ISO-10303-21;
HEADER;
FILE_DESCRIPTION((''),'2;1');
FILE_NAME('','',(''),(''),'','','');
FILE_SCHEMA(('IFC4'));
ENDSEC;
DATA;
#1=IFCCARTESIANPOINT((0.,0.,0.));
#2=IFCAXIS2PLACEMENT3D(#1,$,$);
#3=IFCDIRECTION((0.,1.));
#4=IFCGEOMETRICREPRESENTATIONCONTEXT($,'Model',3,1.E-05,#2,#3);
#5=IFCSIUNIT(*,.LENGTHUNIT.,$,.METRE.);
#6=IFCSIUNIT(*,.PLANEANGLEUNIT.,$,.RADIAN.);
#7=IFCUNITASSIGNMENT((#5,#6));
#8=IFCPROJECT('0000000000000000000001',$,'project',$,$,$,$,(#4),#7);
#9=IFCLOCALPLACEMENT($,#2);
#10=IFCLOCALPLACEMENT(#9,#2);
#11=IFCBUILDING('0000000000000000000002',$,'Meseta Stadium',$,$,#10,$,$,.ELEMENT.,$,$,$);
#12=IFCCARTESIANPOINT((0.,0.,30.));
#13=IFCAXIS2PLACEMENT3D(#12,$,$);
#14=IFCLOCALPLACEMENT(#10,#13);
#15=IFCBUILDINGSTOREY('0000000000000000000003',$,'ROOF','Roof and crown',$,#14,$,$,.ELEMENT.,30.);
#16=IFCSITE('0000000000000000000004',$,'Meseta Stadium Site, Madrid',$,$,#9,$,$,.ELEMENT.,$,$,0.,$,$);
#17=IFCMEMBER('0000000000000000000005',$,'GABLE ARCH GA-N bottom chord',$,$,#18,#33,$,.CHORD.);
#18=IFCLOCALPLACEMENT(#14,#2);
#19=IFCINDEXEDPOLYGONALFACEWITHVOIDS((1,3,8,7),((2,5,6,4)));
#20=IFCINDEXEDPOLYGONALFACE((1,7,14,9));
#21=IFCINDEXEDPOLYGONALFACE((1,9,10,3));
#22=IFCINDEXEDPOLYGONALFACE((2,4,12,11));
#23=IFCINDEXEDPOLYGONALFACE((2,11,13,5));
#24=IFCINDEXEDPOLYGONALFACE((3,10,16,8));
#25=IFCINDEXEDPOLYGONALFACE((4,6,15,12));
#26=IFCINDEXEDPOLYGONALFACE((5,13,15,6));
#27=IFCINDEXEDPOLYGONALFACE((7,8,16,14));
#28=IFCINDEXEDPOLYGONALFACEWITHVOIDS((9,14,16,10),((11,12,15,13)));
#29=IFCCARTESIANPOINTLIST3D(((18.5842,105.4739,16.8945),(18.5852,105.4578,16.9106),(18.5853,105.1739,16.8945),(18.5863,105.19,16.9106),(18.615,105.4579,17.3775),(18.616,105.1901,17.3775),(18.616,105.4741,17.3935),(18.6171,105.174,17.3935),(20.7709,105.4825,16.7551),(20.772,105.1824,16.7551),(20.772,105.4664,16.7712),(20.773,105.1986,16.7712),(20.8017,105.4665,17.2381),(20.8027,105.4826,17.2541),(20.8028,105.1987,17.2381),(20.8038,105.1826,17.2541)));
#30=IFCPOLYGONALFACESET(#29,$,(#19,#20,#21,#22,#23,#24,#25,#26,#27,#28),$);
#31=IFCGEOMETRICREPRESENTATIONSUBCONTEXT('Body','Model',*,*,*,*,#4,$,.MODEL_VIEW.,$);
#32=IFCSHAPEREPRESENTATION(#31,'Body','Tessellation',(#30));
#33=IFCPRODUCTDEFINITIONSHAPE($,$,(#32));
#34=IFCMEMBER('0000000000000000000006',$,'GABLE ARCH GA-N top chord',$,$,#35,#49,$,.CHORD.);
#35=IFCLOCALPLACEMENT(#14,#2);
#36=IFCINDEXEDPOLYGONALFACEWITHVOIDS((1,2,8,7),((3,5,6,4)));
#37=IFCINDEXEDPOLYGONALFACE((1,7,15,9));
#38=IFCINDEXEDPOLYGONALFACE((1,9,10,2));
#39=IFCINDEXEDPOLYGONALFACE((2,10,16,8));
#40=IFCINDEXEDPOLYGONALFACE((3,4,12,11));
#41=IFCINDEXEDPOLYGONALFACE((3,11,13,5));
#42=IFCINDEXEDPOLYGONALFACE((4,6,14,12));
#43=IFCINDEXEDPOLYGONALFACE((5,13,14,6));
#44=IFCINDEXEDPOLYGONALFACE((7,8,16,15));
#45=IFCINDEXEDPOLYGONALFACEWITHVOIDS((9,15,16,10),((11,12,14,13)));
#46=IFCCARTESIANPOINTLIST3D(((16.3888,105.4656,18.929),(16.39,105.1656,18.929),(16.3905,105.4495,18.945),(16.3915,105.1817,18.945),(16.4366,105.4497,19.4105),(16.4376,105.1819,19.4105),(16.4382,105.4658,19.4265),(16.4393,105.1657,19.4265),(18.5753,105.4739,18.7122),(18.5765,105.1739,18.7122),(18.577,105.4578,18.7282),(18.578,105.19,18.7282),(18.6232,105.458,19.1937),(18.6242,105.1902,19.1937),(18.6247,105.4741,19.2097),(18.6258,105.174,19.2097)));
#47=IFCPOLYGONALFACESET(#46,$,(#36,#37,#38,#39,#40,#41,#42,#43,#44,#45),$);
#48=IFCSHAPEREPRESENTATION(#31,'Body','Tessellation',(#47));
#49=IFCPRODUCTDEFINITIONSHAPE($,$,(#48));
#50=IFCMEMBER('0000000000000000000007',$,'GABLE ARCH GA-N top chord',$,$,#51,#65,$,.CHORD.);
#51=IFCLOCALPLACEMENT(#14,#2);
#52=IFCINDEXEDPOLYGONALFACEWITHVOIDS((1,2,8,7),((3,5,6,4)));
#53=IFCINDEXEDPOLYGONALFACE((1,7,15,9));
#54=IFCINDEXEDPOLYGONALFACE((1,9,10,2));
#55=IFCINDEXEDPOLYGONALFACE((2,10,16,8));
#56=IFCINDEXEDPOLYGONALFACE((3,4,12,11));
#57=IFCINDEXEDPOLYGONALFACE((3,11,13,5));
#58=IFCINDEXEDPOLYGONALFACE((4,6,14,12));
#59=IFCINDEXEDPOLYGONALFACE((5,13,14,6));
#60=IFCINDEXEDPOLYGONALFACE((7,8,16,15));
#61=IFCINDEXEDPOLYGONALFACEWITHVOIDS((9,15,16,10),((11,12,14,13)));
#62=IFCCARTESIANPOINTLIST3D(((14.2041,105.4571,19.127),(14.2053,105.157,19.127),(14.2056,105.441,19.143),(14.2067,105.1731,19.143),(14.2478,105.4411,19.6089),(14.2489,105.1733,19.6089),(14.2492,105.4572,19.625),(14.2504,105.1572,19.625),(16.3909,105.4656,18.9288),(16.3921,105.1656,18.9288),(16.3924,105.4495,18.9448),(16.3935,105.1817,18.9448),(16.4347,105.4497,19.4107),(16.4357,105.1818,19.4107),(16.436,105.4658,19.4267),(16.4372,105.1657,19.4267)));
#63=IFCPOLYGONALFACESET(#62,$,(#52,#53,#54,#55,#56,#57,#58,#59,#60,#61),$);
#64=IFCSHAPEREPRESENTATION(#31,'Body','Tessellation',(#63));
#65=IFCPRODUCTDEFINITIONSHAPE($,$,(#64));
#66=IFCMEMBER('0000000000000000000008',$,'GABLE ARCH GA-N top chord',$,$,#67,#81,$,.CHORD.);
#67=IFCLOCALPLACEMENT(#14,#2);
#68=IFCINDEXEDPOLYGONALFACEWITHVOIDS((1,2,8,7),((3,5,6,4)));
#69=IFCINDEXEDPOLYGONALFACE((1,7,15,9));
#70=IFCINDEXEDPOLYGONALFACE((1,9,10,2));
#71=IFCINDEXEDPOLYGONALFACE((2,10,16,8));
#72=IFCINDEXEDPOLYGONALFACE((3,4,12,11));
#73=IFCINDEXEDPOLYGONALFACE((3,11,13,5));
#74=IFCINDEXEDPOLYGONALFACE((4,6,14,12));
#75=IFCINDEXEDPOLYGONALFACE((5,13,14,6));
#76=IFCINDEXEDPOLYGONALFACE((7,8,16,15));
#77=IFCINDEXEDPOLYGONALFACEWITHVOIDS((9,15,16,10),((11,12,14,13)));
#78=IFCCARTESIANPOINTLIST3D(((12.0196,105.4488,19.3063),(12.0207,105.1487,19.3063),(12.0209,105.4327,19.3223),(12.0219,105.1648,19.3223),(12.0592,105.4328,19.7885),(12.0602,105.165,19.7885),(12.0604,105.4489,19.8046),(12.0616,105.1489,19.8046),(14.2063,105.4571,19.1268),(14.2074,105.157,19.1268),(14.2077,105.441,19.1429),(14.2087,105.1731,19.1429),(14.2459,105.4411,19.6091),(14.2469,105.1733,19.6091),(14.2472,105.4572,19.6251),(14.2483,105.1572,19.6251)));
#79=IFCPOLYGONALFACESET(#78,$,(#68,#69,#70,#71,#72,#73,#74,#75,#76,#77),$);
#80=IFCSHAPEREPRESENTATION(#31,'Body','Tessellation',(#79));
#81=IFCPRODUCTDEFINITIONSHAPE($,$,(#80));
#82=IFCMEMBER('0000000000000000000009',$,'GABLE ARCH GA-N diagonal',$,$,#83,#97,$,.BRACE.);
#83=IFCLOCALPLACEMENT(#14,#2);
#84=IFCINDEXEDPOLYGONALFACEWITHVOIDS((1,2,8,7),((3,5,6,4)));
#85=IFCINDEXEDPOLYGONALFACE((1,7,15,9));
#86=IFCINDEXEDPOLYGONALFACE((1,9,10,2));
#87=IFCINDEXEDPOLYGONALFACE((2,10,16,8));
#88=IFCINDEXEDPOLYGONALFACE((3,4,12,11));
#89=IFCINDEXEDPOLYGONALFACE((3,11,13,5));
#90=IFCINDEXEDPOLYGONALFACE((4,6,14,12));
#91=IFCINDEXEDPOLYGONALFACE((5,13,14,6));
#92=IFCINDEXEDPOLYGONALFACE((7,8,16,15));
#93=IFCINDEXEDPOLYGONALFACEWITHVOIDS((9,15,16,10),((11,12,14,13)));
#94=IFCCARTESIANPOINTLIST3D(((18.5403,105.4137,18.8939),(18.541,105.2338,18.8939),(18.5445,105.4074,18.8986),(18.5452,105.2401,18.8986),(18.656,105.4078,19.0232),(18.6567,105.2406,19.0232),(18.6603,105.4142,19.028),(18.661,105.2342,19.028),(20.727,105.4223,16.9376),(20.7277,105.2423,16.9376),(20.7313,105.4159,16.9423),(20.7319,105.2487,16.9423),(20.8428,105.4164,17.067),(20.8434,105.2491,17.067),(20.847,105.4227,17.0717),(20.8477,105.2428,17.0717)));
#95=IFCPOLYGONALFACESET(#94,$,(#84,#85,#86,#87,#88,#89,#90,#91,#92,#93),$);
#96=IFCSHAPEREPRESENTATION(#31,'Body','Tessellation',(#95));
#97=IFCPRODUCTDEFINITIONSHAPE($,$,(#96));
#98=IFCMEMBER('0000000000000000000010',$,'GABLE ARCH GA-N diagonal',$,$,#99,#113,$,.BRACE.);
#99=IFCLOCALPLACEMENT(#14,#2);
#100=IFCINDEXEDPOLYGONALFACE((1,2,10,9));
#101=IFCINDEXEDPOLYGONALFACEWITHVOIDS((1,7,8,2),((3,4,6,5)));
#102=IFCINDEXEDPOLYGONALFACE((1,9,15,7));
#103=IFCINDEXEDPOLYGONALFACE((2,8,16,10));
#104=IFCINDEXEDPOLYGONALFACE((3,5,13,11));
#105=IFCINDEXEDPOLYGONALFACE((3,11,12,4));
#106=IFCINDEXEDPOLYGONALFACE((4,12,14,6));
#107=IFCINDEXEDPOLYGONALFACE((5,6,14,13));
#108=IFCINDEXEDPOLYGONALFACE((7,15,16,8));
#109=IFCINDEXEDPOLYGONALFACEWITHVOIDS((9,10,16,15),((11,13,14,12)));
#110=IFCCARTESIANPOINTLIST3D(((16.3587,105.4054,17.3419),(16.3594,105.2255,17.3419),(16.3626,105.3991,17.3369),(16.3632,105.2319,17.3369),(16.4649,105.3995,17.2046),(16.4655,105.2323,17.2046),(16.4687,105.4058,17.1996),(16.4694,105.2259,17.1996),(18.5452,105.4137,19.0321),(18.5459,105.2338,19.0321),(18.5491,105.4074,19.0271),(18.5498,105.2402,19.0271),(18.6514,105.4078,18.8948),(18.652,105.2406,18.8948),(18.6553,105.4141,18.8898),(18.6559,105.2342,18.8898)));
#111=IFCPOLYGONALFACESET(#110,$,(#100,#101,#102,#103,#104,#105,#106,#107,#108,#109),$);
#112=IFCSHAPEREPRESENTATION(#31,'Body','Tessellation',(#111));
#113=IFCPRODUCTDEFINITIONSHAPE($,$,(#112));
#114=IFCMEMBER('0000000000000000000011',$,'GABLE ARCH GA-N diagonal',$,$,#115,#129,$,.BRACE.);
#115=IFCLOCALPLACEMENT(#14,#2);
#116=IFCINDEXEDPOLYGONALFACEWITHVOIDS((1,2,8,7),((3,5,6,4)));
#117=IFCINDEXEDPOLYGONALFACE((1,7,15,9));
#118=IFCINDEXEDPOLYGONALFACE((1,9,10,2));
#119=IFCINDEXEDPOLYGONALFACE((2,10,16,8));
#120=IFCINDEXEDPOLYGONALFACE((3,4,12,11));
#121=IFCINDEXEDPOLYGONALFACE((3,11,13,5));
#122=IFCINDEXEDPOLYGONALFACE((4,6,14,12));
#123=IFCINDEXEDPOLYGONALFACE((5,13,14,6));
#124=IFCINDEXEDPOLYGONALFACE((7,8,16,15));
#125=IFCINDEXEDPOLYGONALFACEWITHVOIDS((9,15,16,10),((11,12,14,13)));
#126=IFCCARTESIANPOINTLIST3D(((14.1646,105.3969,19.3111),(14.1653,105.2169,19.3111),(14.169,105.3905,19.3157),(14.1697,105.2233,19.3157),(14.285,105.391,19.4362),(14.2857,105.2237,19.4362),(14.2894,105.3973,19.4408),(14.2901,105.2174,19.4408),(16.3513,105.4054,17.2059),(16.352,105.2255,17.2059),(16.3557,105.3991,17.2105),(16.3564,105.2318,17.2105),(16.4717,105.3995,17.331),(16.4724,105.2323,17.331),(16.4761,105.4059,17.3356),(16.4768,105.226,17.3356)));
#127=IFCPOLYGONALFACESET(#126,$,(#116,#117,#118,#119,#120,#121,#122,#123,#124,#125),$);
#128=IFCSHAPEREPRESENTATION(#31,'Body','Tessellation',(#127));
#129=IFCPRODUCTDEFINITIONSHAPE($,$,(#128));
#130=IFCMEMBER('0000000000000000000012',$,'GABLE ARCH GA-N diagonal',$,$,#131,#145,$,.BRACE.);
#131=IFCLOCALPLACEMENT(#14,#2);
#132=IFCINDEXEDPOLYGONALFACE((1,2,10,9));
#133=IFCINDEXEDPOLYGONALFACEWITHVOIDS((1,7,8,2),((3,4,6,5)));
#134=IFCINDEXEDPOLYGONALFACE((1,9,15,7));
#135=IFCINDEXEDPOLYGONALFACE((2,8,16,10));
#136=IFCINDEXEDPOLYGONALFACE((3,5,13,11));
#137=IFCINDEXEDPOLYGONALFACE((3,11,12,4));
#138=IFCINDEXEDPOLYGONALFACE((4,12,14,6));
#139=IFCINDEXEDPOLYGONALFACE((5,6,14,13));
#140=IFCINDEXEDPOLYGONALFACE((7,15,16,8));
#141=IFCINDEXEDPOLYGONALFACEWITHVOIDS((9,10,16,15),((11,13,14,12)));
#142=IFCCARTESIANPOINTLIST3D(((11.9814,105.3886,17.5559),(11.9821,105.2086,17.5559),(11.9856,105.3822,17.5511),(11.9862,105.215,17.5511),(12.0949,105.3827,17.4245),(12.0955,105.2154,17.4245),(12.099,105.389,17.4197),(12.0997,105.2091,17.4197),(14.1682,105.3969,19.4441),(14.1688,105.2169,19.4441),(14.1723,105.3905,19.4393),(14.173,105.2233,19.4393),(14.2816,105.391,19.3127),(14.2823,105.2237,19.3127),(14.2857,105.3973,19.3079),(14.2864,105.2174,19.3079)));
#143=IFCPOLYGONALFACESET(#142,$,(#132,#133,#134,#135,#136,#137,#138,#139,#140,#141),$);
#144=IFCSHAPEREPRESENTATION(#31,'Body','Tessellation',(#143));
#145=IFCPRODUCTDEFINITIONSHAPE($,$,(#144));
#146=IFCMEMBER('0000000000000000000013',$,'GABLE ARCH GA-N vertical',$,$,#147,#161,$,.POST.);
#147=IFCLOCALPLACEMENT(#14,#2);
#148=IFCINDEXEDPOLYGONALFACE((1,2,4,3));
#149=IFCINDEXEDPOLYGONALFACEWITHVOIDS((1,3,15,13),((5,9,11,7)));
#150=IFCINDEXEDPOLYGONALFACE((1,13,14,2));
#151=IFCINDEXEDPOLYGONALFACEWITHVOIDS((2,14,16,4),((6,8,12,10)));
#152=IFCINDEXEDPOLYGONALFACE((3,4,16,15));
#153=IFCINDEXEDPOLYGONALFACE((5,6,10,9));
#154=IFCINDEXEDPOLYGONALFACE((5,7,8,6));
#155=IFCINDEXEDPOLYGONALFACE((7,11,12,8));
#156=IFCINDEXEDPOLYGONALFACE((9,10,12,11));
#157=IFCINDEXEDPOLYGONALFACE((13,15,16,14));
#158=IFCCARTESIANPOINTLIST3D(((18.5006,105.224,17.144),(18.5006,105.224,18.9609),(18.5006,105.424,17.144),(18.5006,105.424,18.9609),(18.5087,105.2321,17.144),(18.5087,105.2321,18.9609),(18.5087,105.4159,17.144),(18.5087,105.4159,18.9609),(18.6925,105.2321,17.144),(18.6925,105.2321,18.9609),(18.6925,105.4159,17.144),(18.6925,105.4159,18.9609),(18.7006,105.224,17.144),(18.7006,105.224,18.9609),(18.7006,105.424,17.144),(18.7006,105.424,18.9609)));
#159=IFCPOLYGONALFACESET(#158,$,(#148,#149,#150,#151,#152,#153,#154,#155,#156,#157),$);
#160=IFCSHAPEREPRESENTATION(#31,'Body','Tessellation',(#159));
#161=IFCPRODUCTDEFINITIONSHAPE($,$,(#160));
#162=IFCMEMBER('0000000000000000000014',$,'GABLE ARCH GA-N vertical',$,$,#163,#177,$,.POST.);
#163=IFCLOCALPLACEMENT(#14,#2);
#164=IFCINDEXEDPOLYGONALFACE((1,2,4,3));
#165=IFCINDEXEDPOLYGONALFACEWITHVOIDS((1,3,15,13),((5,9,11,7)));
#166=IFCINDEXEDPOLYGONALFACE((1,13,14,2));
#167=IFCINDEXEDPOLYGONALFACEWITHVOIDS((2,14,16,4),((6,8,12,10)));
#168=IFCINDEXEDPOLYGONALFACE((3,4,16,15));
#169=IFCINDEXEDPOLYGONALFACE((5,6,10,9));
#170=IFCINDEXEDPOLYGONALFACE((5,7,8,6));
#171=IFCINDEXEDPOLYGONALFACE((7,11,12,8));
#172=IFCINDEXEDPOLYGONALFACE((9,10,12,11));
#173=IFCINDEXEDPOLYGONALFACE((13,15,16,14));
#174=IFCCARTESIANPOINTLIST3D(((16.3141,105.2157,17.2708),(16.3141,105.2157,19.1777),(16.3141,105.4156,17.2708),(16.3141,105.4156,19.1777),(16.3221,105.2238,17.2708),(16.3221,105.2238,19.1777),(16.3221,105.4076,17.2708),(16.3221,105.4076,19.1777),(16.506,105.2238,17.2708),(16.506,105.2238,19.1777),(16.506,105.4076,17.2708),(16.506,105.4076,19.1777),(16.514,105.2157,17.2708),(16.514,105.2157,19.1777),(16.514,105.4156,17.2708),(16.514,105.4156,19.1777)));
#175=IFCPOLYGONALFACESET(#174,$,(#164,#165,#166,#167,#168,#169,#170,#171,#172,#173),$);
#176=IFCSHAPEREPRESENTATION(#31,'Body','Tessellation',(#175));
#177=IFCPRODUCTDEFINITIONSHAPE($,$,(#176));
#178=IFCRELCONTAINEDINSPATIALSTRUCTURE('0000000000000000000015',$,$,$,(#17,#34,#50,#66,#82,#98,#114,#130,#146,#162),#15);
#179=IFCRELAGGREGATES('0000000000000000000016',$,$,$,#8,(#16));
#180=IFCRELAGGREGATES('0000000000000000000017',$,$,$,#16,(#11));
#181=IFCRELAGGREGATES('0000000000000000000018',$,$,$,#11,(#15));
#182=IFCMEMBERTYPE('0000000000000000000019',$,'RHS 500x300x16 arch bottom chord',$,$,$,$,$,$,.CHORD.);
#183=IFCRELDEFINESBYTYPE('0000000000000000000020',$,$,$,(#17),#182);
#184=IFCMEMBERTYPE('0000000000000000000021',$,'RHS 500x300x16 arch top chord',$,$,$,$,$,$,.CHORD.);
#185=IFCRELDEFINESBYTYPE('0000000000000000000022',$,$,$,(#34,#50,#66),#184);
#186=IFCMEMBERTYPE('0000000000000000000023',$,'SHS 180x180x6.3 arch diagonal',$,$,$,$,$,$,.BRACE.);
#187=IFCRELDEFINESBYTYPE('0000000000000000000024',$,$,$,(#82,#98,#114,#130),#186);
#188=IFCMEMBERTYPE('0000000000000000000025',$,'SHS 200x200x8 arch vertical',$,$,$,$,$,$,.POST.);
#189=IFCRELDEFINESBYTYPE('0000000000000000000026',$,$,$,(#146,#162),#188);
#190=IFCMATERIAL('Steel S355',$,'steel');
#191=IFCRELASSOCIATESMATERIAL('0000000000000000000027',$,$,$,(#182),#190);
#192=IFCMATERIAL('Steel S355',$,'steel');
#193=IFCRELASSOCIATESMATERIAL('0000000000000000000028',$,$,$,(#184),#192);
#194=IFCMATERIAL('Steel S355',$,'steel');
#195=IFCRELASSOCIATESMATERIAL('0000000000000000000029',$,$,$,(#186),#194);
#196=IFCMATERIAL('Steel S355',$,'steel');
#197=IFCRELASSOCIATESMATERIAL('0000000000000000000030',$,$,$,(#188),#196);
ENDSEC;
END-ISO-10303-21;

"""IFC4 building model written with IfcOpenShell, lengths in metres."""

from ifc_helpers import new_model, si_unit, direction, frame, origin, origin_2d, place, context, subcontext, project, spatial, hollow_rectangle, extrude, material, material_profile, profile_set, type_object, element, save


model = new_model("IFC4")

# Units and contexts
model_context = context("Model", 3, precision=1e-05, world=origin(), true_north=direction((0.0, 1.0)))
body_context = subcontext(model_context, "Body", "Model", "MODEL_VIEW")
ifc_project = project(units=[si_unit("LENGTHUNIT", "METRE"), si_unit("PLANEANGLEUNIT", "RADIAN")], contexts=[model_context])

# Site, building, storey
site_placement = place(None, origin())
site = spatial("IfcSite", under=ifc_project, at=site_placement, Name="Meseta Stadium Site, Madrid", CompositionType="ELEMENT", RefElevation=0.0)
building_placement = place(site_placement, origin())
building = spatial("IfcBuilding", under=site, at=building_placement, Name="Meseta Stadium", CompositionType="ELEMENT")
storey_placement = place(building_placement, frame((0.0, 0.0, 30.0)))
storey = spatial("IfcBuildingStorey", under=building, at=storey_placement, Name="ROOF", Description="Roof and crown", CompositionType="ELEMENT", Elevation=30.0)

# Members
ifc_material_1 = material(Name="Steel S355", Category="steel")
ifc_material_profile_1 = material_profile(ifc_material_1, hollow_rectangle(XDim=0.3, YDim=0.5, WallThickness=0.0161, at=origin_2d()), Name="RHS 500x300x16")
ifc_profile_set_1 = profile_set([ifc_material_profile_1], Name="Steel S355")
member_type_1 = type_object("IfcMemberType", Name="RHS 500x300x16 arch bottom chord", PredefinedType="CHORD", material=ifc_profile_set_1)
member_1_placement = place(storey_placement, frame((20.7874, 105.3325, 17.0046), z_axis=(-0.997967, -0.0039, 0.063619), x_axis=(0.003908, -0.999992, 0.0)))
element("IfcMember", 1, at=member_1_placement, inside=storey, type_object=member_type_1, Name="GABLE ARCH GA-N bottom chord", PredefinedType="CHORD", context=body_context, shape_type="SweptSolid", body=[
    extrude(hollow_rectangle(XDim=0.3, YDim=0.5, WallThickness=0.0161, at=origin_2d()), origin(), (0.0, 0.0, 1.0), 2.1912),
])
ifc_material_2 = material(Name="Steel S355", Category="steel")
ifc_material_profile_2 = material_profile(ifc_material_2, hollow_rectangle(XDim=0.3, YDim=0.5, WallThickness=0.0161, at=origin_2d()), Name="RHS 500x300x16")
ifc_profile_set_2 = profile_set([ifc_material_profile_2], Name="Steel S355")
member_type_2 = type_object("IfcMemberType", Name="RHS 500x300x16 arch top chord", PredefinedType="CHORD", material=ifc_profile_set_2)
member_2_placement = place(storey_placement, frame((18.6006, 105.324, 18.9609), z_axis=(-0.995113, -0.003778, 0.098667), x_axis=(0.003796, -0.999993, 0.0)))
element("IfcMember", 2, at=member_2_placement, inside=storey, type_object=member_type_2, Name="GABLE ARCH GA-N top chord", PredefinedType="CHORD", context=body_context, shape_type="SweptSolid", body=[
    extrude(hollow_rectangle(XDim=0.3, YDim=0.5, WallThickness=0.0161, at=origin_2d()), origin(), (0.0, 0.0, 1.0), 2.1973),
])
member_3_placement = place(storey_placement, frame((16.4141, 105.3157, 19.1777), z_axis=(-0.995908, -0.003892, 0.090284), x_axis=(0.003908, -0.999992, 0.0)))
element("IfcMember", 3, at=member_3_placement, inside=storey, type_object=member_type_2, Name="GABLE ARCH GA-N top chord", PredefinedType="CHORD", context=body_context, shape_type="SweptSolid", body=[
    extrude(hollow_rectangle(XDim=0.3, YDim=0.5, WallThickness=0.0161, at=origin_2d()), origin(), (0.0, 0.0, 1.0), 2.1958),
])
member_4_placement = place(storey_placement, frame((14.2273, 105.3071, 19.376), z_axis=(-0.996643, -0.003783, 0.081783), x_axis=(0.003796, -0.999993, 0.0)))
element("IfcMember", 4, at=member_4_placement, inside=storey, type_object=member_type_2, Name="GABLE ARCH GA-N top chord", PredefinedType="CHORD", context=body_context, shape_type="SweptSolid", body=[
    extrude(hollow_rectangle(XDim=0.3, YDim=0.5, WallThickness=0.0161, at=origin_2d()), origin(), (0.0, 0.0, 1.0), 2.1941),
])
ifc_material_3 = material(Name="Steel S355", Category="steel")
ifc_material_profile_3 = material_profile(ifc_material_3, hollow_rectangle(XDim=0.1799, YDim=0.1799, WallThickness=0.0063, at=origin_2d()), Name="SHS 180x180x6.3")
ifc_profile_set_3 = profile_set([ifc_material_profile_3], Name="Steel S355")
member_type_3 = type_object("IfcMemberType", Name="SHS 180x180x6.3 arch diagonal", PredefinedType="BRACE", material=ifc_profile_set_3)
member_5_placement = place(storey_placement, frame((20.7874, 105.3325, 17.0046), z_axis=(-0.745286, -0.002912, 0.666739), x_axis=(0.003908, -0.999992, 0.0)))
element("IfcMember", 5, at=member_5_placement, inside=storey, type_object=member_type_3, Name="GABLE ARCH GA-N diagonal", PredefinedType="BRACE", context=body_context, shape_type="SweptSolid", body=[
    extrude(hollow_rectangle(XDim=0.1799, YDim=0.1799, WallThickness=0.0063, at=origin_2d()), origin(), (0.0, 0.0, 1.0), 2.9341),
])
member_6_placement = place(storey_placement, frame((18.6006, 105.324, 18.9609), z_axis=(-0.791177, -0.003004, -0.611581), x_axis=(0.003796, -0.999993, 0.0)))
element("IfcMember", 6, at=member_6_placement, inside=storey, type_object=member_type_3, Name="GABLE ARCH GA-N diagonal", PredefinedType="BRACE", context=body_context, shape_type="SweptSolid", body=[
    extrude(hollow_rectangle(XDim=0.1799, YDim=0.1799, WallThickness=0.0063, at=origin_2d()), origin(), (0.0, 0.0, 1.0), 2.7637),
])
member_7_placement = place(storey_placement, frame((16.4141, 105.3157, 17.2708), z_axis=(-0.720408, -0.002815, 0.693545), x_axis=(0.003908, -0.999992, 0.0)))
element("IfcMember", 7, at=member_7_placement, inside=storey, type_object=member_type_3, Name="GABLE ARCH GA-N diagonal", PredefinedType="BRACE", context=body_context, shape_type="SweptSolid", body=[
    extrude(hollow_rectangle(XDim=0.1799, YDim=0.1799, WallThickness=0.0063, at=origin_2d()), origin(), (0.0, 0.0, 1.0), 3.0354),
])
member_8_placement = place(storey_placement, frame((14.2273, 105.3071, 19.376), z_axis=(-0.756886, -0.002873, -0.65354), x_axis=(0.003796, -0.999993, 0.0)))
element("IfcMember", 8, at=member_8_placement, inside=storey, type_object=member_type_3, Name="GABLE ARCH GA-N diagonal", PredefinedType="BRACE", context=body_context, shape_type="SweptSolid", body=[
    extrude(hollow_rectangle(XDim=0.1799, YDim=0.1799, WallThickness=0.0063, at=origin_2d()), origin(), (0.0, 0.0, 1.0), 2.8892),
])
ifc_material_4 = material(Name="Steel S355", Category="steel")
ifc_material_profile_4 = material_profile(ifc_material_4, hollow_rectangle(XDim=0.2, YDim=0.2, WallThickness=0.0081, at=origin_2d()), Name="SHS 200x200x8")
ifc_profile_set_4 = profile_set([ifc_material_profile_4], Name="Steel S355")
member_type_4 = type_object("IfcMemberType", Name="SHS 200x200x8 arch vertical", PredefinedType="POST", material=ifc_profile_set_4)
member_9_placement = place(storey_placement, frame((18.6006, 105.324, 17.144), z_axis=(0.0, 0.0, 1.0), x_axis=(1.0, 0.0, 0.0)))
element("IfcMember", 9, at=member_9_placement, inside=storey, type_object=member_type_4, Name="GABLE ARCH GA-N vertical", PredefinedType="POST", context=body_context, shape_type="SweptSolid", body=[
    extrude(hollow_rectangle(XDim=0.2, YDim=0.2, WallThickness=0.0081, at=origin_2d()), origin(), (0.0, 0.0, 1.0), 1.8169),
])
member_10_placement = place(storey_placement, frame((16.4141, 105.3157, 17.2708), z_axis=(0.0, 0.0, 1.0), x_axis=(1.0, 0.0, 0.0)))
element("IfcMember", 10, at=member_10_placement, inside=storey, type_object=member_type_4, Name="GABLE ARCH GA-N vertical", PredefinedType="POST", context=body_context, shape_type="SweptSolid", body=[
    extrude(hollow_rectangle(XDim=0.2, YDim=0.2, WallThickness=0.0081, at=origin_2d()), origin(), (0.0, 0.0, 1.0), 1.907),
])

save(model, "model.ifc")
